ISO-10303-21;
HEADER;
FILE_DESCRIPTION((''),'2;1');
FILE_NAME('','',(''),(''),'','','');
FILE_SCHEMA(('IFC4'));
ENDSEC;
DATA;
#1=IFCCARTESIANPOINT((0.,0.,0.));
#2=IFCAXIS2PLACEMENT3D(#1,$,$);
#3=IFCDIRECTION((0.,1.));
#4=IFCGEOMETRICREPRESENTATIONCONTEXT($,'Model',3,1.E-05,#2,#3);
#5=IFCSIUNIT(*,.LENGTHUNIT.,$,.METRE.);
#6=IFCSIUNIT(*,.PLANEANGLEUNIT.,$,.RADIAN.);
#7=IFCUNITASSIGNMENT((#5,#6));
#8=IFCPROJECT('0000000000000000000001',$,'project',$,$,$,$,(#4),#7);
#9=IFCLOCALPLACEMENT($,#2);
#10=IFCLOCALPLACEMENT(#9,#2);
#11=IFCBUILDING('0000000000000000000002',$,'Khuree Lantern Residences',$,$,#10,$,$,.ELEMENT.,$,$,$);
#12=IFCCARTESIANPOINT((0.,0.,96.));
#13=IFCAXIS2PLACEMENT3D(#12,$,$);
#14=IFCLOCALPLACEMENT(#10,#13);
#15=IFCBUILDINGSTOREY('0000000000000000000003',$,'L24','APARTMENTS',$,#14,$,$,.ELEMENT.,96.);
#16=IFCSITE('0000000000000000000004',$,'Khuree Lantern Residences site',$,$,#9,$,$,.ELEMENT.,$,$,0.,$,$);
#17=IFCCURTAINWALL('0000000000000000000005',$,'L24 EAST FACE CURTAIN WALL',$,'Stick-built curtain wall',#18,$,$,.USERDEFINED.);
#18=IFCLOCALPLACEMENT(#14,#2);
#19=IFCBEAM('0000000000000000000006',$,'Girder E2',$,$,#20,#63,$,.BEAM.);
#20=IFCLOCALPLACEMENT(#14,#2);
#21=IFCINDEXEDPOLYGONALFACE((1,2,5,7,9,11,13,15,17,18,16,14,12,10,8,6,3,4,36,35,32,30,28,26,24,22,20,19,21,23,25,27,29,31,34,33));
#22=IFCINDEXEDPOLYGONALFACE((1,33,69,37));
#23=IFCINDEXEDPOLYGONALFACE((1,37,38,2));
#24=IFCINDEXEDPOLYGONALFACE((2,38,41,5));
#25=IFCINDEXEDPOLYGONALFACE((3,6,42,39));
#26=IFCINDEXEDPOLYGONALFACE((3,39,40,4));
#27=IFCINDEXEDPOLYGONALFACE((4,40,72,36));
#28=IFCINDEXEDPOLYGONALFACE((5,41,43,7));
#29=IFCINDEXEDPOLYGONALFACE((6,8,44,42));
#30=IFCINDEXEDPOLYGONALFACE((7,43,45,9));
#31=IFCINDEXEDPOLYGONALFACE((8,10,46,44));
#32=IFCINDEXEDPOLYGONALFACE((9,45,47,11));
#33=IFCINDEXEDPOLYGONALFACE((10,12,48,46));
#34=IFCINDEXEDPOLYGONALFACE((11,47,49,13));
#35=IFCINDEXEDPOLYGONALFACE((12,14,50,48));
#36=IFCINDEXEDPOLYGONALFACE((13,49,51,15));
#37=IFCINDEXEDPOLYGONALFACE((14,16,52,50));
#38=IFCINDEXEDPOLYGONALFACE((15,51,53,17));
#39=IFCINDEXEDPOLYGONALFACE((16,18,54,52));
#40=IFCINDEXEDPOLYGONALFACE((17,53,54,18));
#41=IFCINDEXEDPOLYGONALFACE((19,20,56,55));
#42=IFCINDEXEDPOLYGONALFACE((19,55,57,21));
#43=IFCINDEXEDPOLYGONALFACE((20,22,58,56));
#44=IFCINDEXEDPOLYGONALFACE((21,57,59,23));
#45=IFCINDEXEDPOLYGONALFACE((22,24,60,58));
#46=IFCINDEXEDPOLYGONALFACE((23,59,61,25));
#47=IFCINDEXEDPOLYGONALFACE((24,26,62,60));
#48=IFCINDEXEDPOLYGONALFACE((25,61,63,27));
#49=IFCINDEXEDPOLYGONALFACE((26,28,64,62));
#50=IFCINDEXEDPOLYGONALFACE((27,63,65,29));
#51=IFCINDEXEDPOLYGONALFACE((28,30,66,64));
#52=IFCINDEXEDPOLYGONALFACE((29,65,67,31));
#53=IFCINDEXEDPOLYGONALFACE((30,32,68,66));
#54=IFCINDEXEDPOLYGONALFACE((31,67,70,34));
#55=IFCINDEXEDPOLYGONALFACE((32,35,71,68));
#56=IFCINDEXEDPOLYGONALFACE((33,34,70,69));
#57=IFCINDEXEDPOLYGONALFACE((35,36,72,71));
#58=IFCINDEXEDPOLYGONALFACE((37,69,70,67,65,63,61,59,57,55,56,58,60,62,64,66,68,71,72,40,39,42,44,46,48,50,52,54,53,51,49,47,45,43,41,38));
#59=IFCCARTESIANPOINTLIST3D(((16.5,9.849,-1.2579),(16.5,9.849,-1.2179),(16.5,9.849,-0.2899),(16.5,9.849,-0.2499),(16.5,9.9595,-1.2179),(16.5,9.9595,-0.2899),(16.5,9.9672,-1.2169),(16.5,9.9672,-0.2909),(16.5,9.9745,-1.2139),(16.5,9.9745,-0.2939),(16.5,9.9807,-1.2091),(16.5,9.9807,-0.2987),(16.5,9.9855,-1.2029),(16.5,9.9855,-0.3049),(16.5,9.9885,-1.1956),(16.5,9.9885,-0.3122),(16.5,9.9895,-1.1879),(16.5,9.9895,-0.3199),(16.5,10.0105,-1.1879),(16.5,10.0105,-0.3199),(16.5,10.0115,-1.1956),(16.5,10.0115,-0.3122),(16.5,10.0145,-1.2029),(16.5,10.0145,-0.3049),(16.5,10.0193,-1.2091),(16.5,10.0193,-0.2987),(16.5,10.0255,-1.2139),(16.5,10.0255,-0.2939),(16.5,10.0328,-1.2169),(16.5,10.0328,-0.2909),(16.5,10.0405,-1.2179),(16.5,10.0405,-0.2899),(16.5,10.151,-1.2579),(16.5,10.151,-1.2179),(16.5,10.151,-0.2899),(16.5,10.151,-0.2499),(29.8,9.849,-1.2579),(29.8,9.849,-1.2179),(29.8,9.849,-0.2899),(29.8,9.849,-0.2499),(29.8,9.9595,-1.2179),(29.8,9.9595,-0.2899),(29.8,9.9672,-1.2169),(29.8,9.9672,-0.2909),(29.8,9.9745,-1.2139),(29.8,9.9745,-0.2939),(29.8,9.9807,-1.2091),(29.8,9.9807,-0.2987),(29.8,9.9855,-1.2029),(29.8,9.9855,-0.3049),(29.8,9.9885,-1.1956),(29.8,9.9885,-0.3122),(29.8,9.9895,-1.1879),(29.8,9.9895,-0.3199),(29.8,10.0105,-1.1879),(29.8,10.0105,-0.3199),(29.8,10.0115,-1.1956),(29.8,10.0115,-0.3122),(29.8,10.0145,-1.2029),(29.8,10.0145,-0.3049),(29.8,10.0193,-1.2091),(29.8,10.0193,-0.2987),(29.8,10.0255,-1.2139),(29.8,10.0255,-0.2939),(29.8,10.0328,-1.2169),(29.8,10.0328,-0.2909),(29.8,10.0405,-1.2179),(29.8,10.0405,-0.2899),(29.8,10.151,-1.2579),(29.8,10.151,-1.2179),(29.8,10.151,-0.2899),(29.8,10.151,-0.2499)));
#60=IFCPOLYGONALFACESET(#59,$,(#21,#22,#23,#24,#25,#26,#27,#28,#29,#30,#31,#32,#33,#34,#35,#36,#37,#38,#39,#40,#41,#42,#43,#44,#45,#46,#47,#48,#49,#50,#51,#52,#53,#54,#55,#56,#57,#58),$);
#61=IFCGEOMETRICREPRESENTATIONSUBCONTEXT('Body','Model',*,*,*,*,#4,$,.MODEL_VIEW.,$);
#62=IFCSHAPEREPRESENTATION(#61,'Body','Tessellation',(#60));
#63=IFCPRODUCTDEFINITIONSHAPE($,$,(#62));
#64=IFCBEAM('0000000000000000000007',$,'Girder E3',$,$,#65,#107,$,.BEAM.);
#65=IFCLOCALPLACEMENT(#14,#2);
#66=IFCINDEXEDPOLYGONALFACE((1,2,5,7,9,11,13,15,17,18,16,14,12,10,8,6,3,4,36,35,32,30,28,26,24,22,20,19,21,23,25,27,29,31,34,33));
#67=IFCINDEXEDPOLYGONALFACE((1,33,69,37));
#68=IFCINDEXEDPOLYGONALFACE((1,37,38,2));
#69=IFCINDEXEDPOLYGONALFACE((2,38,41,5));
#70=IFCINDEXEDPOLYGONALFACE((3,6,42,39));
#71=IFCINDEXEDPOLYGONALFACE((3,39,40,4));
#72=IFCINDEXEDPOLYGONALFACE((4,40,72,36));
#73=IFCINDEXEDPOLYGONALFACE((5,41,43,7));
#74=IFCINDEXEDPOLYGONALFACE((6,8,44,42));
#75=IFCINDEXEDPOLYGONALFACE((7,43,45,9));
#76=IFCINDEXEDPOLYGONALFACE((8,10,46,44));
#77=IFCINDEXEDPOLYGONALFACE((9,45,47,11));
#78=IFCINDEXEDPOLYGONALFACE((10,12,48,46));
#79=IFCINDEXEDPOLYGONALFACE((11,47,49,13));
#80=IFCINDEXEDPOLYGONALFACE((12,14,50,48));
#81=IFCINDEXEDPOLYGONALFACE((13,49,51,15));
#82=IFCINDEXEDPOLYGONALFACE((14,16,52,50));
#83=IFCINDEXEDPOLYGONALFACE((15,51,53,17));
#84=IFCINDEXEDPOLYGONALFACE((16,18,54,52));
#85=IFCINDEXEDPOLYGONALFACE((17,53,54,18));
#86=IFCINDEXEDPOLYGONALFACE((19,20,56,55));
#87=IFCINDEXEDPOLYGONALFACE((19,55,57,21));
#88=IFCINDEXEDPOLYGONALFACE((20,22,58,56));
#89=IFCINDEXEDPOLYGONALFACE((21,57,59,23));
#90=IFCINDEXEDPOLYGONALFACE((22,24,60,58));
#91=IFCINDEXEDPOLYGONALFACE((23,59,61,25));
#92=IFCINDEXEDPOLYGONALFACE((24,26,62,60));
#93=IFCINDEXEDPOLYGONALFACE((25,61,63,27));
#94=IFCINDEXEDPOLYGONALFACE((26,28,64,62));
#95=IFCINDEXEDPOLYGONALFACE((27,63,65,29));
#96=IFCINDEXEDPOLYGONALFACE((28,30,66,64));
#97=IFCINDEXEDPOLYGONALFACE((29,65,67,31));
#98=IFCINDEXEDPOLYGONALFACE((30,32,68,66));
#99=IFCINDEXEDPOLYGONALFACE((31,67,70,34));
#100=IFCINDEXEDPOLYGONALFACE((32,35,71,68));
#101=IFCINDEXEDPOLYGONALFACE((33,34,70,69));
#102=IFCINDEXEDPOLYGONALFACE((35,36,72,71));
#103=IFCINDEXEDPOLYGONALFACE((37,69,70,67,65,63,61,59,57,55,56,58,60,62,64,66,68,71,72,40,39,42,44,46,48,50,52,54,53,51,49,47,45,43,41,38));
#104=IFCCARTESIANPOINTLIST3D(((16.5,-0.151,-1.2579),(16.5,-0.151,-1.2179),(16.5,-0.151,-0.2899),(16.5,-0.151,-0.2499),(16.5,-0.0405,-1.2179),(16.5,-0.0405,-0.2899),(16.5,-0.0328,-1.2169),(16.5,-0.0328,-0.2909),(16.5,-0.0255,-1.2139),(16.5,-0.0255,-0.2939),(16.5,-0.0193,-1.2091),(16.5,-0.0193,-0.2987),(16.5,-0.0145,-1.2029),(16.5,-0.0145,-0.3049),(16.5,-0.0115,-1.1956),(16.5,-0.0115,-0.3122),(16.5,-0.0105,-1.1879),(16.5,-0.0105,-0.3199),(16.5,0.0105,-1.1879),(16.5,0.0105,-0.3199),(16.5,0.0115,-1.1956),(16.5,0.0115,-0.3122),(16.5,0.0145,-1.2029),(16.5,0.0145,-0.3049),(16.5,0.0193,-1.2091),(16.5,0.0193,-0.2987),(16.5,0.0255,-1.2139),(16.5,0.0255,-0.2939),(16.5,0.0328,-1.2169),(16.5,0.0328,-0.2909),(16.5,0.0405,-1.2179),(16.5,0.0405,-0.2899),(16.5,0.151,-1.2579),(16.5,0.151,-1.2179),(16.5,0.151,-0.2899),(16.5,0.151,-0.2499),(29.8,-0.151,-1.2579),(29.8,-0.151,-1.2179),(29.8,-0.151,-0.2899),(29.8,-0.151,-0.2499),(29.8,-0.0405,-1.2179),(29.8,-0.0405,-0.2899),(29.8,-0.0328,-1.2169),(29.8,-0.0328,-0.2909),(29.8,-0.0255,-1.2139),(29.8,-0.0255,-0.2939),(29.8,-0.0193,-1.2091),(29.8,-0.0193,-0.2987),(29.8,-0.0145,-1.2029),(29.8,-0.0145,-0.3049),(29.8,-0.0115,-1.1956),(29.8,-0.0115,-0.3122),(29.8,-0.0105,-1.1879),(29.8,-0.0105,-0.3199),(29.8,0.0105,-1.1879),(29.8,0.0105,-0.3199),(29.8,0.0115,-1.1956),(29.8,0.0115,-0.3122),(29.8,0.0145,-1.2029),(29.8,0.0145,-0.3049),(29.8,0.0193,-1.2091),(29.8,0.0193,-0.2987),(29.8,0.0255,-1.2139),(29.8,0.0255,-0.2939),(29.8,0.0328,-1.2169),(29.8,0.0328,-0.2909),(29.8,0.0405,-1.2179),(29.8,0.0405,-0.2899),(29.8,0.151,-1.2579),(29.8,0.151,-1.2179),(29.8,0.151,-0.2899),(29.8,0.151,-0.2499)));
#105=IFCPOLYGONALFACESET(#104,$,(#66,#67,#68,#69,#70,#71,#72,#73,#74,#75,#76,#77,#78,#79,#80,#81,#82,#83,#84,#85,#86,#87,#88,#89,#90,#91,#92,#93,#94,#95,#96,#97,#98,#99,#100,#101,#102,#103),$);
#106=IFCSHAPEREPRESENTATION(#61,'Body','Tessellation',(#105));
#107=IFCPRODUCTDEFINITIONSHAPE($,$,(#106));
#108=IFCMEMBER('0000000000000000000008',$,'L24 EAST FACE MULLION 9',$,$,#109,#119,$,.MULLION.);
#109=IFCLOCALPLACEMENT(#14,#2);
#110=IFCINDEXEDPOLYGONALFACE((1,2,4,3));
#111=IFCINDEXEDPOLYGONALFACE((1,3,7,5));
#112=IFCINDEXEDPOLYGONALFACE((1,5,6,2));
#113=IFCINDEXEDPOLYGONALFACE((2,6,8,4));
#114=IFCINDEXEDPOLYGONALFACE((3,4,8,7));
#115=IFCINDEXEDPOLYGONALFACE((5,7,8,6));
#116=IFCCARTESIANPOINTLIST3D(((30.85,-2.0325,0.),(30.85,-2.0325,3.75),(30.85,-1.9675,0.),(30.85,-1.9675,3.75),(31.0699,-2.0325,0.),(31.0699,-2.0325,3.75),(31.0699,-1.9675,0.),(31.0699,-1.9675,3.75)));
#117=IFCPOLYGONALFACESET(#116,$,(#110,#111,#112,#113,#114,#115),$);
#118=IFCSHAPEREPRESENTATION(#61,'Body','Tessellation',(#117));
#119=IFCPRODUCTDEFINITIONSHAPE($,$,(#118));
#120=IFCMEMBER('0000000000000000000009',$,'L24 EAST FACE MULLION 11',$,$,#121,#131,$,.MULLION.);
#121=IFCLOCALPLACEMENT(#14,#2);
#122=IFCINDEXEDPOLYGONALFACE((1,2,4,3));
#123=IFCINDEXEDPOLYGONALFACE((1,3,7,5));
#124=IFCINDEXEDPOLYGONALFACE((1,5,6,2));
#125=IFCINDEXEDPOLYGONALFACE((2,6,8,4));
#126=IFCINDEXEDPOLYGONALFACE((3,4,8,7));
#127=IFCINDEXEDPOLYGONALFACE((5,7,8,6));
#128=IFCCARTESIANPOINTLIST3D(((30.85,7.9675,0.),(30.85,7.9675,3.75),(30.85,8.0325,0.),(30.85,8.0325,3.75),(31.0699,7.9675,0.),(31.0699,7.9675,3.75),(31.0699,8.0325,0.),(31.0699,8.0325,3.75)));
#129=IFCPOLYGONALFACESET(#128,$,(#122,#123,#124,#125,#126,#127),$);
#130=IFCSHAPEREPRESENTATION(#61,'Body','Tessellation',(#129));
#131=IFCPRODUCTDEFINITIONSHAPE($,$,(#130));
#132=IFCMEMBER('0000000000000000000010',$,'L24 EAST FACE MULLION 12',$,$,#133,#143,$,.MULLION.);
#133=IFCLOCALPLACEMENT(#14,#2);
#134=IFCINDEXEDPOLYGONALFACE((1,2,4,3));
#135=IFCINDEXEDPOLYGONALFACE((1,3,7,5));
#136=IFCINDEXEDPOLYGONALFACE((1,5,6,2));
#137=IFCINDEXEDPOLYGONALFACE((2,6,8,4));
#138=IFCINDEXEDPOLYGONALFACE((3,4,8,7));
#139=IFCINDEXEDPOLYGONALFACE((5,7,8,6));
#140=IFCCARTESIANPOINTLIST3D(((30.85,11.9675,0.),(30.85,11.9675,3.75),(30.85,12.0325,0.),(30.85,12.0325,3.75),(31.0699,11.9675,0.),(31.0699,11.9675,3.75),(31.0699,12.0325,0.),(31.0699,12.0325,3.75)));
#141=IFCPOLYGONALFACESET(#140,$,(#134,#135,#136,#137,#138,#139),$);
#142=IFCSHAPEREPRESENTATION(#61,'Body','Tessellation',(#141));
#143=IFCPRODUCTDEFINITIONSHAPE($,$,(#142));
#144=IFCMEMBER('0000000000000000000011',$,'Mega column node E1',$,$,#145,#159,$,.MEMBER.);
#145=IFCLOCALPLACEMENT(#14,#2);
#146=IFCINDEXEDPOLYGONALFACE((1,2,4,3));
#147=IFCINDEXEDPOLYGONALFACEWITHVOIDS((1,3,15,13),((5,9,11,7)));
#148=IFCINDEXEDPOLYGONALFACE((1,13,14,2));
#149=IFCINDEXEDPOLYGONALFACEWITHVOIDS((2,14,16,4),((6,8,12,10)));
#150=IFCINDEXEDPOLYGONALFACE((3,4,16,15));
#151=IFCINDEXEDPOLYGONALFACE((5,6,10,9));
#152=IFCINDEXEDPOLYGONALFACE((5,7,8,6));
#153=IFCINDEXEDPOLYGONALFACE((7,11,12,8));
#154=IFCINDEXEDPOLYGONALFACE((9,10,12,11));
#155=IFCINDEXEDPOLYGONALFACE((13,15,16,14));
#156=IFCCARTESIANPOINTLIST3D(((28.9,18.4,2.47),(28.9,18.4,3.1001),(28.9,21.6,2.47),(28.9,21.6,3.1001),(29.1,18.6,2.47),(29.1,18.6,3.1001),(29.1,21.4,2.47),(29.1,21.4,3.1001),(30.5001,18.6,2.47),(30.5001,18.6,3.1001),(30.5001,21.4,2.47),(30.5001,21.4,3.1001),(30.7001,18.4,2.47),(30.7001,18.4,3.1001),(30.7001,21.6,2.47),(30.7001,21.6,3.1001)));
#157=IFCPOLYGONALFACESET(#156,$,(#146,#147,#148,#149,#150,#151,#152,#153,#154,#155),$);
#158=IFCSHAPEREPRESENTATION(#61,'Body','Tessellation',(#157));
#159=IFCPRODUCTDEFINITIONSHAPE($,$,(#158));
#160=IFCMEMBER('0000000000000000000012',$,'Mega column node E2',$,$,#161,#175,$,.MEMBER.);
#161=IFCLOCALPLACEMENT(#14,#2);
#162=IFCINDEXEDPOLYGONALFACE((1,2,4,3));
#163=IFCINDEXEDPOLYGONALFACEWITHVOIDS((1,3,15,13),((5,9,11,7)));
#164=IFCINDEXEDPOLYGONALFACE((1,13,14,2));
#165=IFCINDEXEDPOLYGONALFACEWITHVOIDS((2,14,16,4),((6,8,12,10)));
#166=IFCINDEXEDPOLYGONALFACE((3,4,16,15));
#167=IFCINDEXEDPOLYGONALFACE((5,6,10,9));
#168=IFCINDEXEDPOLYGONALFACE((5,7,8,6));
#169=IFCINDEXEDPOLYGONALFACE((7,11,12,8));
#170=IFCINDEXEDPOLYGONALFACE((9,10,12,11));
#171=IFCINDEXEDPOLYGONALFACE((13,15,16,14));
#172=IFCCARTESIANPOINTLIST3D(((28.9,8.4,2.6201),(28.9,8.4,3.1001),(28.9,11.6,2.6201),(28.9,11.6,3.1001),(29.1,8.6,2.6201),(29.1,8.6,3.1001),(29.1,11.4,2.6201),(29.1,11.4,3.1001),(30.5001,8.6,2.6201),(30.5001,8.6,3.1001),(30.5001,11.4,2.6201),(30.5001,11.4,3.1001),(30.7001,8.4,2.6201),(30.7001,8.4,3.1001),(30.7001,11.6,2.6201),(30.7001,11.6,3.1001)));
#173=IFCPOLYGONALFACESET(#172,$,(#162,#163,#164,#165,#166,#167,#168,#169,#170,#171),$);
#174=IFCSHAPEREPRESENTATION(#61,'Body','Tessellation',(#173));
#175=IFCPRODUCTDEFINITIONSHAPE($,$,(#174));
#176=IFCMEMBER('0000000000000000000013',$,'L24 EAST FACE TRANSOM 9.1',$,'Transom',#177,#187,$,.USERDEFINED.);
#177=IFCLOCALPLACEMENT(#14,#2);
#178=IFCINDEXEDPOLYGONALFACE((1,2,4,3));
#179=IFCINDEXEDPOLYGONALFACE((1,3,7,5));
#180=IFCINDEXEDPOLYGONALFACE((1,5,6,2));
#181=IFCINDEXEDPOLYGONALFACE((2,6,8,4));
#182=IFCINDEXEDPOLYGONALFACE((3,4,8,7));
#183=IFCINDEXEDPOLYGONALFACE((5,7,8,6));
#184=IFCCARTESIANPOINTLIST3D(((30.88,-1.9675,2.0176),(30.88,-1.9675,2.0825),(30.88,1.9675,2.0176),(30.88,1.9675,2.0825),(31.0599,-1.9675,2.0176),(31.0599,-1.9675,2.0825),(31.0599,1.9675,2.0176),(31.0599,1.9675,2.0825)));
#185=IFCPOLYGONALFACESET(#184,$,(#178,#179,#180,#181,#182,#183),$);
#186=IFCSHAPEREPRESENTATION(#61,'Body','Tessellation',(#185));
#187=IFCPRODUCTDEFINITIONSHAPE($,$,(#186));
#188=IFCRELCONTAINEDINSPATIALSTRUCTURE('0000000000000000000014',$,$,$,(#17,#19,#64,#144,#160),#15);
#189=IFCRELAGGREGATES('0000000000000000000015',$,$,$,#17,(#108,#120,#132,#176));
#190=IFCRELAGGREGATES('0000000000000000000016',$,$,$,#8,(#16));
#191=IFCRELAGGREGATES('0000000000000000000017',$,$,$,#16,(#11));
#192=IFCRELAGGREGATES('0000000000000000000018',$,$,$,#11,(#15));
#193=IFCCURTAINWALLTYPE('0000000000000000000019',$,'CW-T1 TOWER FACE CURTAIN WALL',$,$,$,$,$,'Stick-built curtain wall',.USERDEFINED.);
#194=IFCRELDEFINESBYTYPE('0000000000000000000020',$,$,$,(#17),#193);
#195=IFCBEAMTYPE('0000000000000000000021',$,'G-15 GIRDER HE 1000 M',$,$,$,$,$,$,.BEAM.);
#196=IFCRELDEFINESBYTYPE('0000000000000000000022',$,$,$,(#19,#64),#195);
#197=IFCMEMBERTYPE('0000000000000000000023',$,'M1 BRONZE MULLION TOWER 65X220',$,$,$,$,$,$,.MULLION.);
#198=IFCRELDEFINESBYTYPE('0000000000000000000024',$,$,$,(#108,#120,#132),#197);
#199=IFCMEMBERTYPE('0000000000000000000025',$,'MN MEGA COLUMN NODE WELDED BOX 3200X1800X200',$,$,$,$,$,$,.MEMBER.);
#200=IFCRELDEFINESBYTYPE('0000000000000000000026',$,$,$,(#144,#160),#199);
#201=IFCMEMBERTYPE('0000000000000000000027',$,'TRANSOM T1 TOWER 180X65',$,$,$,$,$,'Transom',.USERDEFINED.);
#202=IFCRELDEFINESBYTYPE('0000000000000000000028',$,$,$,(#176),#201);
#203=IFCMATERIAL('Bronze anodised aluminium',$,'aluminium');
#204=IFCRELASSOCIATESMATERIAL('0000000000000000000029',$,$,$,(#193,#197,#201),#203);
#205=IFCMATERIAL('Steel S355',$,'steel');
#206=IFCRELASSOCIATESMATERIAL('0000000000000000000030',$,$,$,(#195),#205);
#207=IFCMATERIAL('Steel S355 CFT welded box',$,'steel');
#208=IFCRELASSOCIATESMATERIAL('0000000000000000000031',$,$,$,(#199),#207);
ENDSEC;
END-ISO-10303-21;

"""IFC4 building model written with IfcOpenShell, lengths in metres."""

from ifc_helpers import new_model, si_unit, direction, frame, origin, origin_2d, place, context, subcontext, project, spatial, rectangle, hollow_rectangle, i_section, extrude, material, material_profile, profile_set, type_object, element, aggregate, save


model = new_model("IFC4")

# Units and contexts
model_context = context("Model", 3, precision=1e-05, world=origin(), true_north=direction((0.0, 1.0)))
body_context = subcontext(model_context, "Body", "Model", "MODEL_VIEW")
ifc_project = project(units=[si_unit("LENGTHUNIT", "METRE"), si_unit("PLANEANGLEUNIT", "RADIAN")], contexts=[model_context])

# Site, building, storey
site_placement = place(None, origin())
site = spatial("IfcSite", under=ifc_project, at=site_placement, Name="Khuree Lantern Residences site", CompositionType="ELEMENT", RefElevation=0.0)
building_placement = place(site_placement, origin())
building = spatial("IfcBuilding", under=site, at=building_placement, Name="Khuree Lantern Residences", CompositionType="ELEMENT")
storey_placement = place(building_placement, frame((0.0, 0.0, 96.0)))
storey = spatial("IfcBuildingStorey", under=building, at=storey_placement, Name="L24", Description="APARTMENTS", CompositionType="ELEMENT", Elevation=96.0)

# Shared definitions
ifc_material_1 = material(Name="Steel S355 CFT welded box", Category="steel")

# Shared definitions
ifc_material_2 = material(Name="Steel S355", Category="steel")

# Curtain wall
ifc_material_3 = material(Name="Bronze anodised aluminium", Category="aluminium")
curtain_wall_type = type_object("IfcCurtainWallType", Name="CW-T1 TOWER FACE CURTAIN WALL", ElementType="Stick-built curtain wall", PredefinedType="USERDEFINED", material=ifc_material_3)
curtain_wall_placement = place(storey_placement, origin())
curtain_wall = element("IfcCurtainWall", 1, at=curtain_wall_placement, inside=storey, type_object=curtain_wall_type, Name="L24 EAST FACE CURTAIN WALL", ObjectType="Stick-built curtain wall", PredefinedType="USERDEFINED")

# Beams
ifc_material_profile_1 = material_profile(ifc_material_2, i_section(OverallWidth=0.302, OverallDepth=1.0081, WebThickness=0.021, FlangeThickness=0.04, FilletRadius=0.03, at=origin_2d()), Name="HE 1000 M")
ifc_profile_set_1 = profile_set([ifc_material_profile_1], Name="Steel S355")
beam_type_1 = type_object("IfcBeamType", Name="G-15 GIRDER HE 1000 M", PredefinedType="BEAM", material=ifc_profile_set_1)
for number, where, z_axis, x_axis, name in (
    (2, (29.8, 10.0, -0.7539), (-1.0, 0.0, 0.0), (0.0, -1.0, 0.0), "Girder E2"),
    (3, (29.8, 0.0, -0.7539), (-1.0, 0.0, 0.0), (0.0, -1.0, 0.0), "Girder E3"),
):
    element("IfcBeam", number, at=place(storey_placement, frame(where, z_axis=z_axis, x_axis=x_axis)), inside=storey, type_object=beam_type_1, Name=name, PredefinedType="BEAM", context=body_context, shape_type="SweptSolid", body=[
        extrude(i_section(OverallWidth=0.302, OverallDepth=1.0081, WebThickness=0.021, FlangeThickness=0.04, FilletRadius=0.03, at=origin_2d()), origin(), (0.0, 0.0, 1.0), 13.3),
    ])

# Members
ifc_material_profile_2 = material_profile(ifc_material_3, rectangle(XDim=0.0649, YDim=0.22, at=origin_2d()), Name="M1 65X220")
ifc_profile_set_2 = profile_set([ifc_material_profile_2], Name="Bronze anodised aluminium")
member_type_1 = type_object("IfcMemberType", Name="M1 BRONZE MULLION TOWER 65X220", PredefinedType="MULLION", material=ifc_profile_set_2)
member_1_placement = place(storey_placement, frame((30.96, -2.0, 0.0), z_axis=(0.0, 0.0, 1.0), x_axis=(0.0, 1.0, 0.0)))
member_1 = element("IfcMember", 4, at=member_1_placement, type_object=member_type_1, Name="L24 EAST FACE MULLION 9", PredefinedType="MULLION", context=body_context, shape_type="SweptSolid", body=[
    extrude(rectangle(XDim=0.0649, YDim=0.22, at=origin_2d()), origin(), (0.0, 0.0, 1.0), 3.75),
])
member_2_placement = place(storey_placement, frame((30.96, 8.0, 0.0), z_axis=(0.0, 0.0, 1.0), x_axis=(0.0, 1.0, 0.0)))
member_2 = element("IfcMember", 5, at=member_2_placement, type_object=member_type_1, Name="L24 EAST FACE MULLION 11", PredefinedType="MULLION", context=body_context, shape_type="SweptSolid", body=[
    extrude(rectangle(XDim=0.0649, YDim=0.22, at=origin_2d()), origin(), (0.0, 0.0, 1.0), 3.75),
])
member_3_placement = place(storey_placement, frame((30.96, 12.0, 0.0), z_axis=(0.0, 0.0, 1.0), x_axis=(0.0, 1.0, 0.0)))
member_3 = element("IfcMember", 6, at=member_3_placement, type_object=member_type_1, Name="L24 EAST FACE MULLION 12", PredefinedType="MULLION", context=body_context, shape_type="SweptSolid", body=[
    extrude(rectangle(XDim=0.0649, YDim=0.22, at=origin_2d()), origin(), (0.0, 0.0, 1.0), 3.75),
])

# Members
ifc_material_profile_3 = material_profile(ifc_material_1, hollow_rectangle(XDim=3.2, YDim=1.8, WallThickness=0.2, at=origin_2d()), Name="WELDED BOX 3200X1800X200")
ifc_profile_set_3 = profile_set([ifc_material_profile_3], Name="Steel S355 CFT welded box")
member_type_2 = type_object("IfcMemberType", Name="MN MEGA COLUMN NODE WELDED BOX 3200X1800X200", PredefinedType="MEMBER", material=ifc_profile_set_3)
member_4_placement = place(storey_placement, frame((29.8, 20.0, 2.47), z_axis=(0.0, 0.0, 1.0), x_axis=(0.0, 1.0, 0.0)))
element("IfcMember", 7, at=member_4_placement, inside=storey, type_object=member_type_2, Name="Mega column node E1", PredefinedType="MEMBER", context=body_context, shape_type="SweptSolid", body=[
    extrude(hollow_rectangle(XDim=3.2, YDim=1.8, WallThickness=0.2, at=origin_2d()), origin(), (0.0, 0.0, 1.0), 0.6301),
])
member_5_placement = place(storey_placement, frame((29.8, 10.0, 2.6201), z_axis=(0.0, 0.0, 1.0), x_axis=(0.0, 1.0, 0.0)))
element("IfcMember", 8, at=member_5_placement, inside=storey, type_object=member_type_2, Name="Mega column node E2", PredefinedType="MEMBER", context=body_context, shape_type="SweptSolid", body=[
    extrude(hollow_rectangle(XDim=3.2, YDim=1.8, WallThickness=0.2, at=origin_2d()), origin(), (0.0, 0.0, 1.0), 0.48),
])

# Member
ifc_material_profile_4 = material_profile(ifc_material_3, rectangle(XDim=0.1799, YDim=0.0649, at=origin_2d()), Name="T1 180X65")
ifc_profile_set_4 = profile_set([ifc_material_profile_4], Name="Bronze anodised aluminium")
member_type_3 = type_object("IfcMemberType", Name="TRANSOM T1 TOWER 180X65", ElementType="Transom", PredefinedType="USERDEFINED", material=ifc_profile_set_4)
member_6_placement = place(storey_placement, frame((30.97, -1.9675, 2.05), z_axis=(0.0, 1.0, 0.0), x_axis=(-1.0, 0.0, 0.0)))
member_6 = element("IfcMember", 9, at=member_6_placement, type_object=member_type_3, Name="L24 EAST FACE TRANSOM 9.1", ObjectType="Transom", PredefinedType="USERDEFINED", context=body_context, shape_type="SweptSolid", body=[
    extrude(rectangle(XDim=0.1799, YDim=0.0649, at=origin_2d()), origin(), (0.0, 0.0, 1.0), 3.9351),
])

aggregate(curtain_wall, [member_1, member_2, member_3, member_6])

save(model, "model.ifc")
